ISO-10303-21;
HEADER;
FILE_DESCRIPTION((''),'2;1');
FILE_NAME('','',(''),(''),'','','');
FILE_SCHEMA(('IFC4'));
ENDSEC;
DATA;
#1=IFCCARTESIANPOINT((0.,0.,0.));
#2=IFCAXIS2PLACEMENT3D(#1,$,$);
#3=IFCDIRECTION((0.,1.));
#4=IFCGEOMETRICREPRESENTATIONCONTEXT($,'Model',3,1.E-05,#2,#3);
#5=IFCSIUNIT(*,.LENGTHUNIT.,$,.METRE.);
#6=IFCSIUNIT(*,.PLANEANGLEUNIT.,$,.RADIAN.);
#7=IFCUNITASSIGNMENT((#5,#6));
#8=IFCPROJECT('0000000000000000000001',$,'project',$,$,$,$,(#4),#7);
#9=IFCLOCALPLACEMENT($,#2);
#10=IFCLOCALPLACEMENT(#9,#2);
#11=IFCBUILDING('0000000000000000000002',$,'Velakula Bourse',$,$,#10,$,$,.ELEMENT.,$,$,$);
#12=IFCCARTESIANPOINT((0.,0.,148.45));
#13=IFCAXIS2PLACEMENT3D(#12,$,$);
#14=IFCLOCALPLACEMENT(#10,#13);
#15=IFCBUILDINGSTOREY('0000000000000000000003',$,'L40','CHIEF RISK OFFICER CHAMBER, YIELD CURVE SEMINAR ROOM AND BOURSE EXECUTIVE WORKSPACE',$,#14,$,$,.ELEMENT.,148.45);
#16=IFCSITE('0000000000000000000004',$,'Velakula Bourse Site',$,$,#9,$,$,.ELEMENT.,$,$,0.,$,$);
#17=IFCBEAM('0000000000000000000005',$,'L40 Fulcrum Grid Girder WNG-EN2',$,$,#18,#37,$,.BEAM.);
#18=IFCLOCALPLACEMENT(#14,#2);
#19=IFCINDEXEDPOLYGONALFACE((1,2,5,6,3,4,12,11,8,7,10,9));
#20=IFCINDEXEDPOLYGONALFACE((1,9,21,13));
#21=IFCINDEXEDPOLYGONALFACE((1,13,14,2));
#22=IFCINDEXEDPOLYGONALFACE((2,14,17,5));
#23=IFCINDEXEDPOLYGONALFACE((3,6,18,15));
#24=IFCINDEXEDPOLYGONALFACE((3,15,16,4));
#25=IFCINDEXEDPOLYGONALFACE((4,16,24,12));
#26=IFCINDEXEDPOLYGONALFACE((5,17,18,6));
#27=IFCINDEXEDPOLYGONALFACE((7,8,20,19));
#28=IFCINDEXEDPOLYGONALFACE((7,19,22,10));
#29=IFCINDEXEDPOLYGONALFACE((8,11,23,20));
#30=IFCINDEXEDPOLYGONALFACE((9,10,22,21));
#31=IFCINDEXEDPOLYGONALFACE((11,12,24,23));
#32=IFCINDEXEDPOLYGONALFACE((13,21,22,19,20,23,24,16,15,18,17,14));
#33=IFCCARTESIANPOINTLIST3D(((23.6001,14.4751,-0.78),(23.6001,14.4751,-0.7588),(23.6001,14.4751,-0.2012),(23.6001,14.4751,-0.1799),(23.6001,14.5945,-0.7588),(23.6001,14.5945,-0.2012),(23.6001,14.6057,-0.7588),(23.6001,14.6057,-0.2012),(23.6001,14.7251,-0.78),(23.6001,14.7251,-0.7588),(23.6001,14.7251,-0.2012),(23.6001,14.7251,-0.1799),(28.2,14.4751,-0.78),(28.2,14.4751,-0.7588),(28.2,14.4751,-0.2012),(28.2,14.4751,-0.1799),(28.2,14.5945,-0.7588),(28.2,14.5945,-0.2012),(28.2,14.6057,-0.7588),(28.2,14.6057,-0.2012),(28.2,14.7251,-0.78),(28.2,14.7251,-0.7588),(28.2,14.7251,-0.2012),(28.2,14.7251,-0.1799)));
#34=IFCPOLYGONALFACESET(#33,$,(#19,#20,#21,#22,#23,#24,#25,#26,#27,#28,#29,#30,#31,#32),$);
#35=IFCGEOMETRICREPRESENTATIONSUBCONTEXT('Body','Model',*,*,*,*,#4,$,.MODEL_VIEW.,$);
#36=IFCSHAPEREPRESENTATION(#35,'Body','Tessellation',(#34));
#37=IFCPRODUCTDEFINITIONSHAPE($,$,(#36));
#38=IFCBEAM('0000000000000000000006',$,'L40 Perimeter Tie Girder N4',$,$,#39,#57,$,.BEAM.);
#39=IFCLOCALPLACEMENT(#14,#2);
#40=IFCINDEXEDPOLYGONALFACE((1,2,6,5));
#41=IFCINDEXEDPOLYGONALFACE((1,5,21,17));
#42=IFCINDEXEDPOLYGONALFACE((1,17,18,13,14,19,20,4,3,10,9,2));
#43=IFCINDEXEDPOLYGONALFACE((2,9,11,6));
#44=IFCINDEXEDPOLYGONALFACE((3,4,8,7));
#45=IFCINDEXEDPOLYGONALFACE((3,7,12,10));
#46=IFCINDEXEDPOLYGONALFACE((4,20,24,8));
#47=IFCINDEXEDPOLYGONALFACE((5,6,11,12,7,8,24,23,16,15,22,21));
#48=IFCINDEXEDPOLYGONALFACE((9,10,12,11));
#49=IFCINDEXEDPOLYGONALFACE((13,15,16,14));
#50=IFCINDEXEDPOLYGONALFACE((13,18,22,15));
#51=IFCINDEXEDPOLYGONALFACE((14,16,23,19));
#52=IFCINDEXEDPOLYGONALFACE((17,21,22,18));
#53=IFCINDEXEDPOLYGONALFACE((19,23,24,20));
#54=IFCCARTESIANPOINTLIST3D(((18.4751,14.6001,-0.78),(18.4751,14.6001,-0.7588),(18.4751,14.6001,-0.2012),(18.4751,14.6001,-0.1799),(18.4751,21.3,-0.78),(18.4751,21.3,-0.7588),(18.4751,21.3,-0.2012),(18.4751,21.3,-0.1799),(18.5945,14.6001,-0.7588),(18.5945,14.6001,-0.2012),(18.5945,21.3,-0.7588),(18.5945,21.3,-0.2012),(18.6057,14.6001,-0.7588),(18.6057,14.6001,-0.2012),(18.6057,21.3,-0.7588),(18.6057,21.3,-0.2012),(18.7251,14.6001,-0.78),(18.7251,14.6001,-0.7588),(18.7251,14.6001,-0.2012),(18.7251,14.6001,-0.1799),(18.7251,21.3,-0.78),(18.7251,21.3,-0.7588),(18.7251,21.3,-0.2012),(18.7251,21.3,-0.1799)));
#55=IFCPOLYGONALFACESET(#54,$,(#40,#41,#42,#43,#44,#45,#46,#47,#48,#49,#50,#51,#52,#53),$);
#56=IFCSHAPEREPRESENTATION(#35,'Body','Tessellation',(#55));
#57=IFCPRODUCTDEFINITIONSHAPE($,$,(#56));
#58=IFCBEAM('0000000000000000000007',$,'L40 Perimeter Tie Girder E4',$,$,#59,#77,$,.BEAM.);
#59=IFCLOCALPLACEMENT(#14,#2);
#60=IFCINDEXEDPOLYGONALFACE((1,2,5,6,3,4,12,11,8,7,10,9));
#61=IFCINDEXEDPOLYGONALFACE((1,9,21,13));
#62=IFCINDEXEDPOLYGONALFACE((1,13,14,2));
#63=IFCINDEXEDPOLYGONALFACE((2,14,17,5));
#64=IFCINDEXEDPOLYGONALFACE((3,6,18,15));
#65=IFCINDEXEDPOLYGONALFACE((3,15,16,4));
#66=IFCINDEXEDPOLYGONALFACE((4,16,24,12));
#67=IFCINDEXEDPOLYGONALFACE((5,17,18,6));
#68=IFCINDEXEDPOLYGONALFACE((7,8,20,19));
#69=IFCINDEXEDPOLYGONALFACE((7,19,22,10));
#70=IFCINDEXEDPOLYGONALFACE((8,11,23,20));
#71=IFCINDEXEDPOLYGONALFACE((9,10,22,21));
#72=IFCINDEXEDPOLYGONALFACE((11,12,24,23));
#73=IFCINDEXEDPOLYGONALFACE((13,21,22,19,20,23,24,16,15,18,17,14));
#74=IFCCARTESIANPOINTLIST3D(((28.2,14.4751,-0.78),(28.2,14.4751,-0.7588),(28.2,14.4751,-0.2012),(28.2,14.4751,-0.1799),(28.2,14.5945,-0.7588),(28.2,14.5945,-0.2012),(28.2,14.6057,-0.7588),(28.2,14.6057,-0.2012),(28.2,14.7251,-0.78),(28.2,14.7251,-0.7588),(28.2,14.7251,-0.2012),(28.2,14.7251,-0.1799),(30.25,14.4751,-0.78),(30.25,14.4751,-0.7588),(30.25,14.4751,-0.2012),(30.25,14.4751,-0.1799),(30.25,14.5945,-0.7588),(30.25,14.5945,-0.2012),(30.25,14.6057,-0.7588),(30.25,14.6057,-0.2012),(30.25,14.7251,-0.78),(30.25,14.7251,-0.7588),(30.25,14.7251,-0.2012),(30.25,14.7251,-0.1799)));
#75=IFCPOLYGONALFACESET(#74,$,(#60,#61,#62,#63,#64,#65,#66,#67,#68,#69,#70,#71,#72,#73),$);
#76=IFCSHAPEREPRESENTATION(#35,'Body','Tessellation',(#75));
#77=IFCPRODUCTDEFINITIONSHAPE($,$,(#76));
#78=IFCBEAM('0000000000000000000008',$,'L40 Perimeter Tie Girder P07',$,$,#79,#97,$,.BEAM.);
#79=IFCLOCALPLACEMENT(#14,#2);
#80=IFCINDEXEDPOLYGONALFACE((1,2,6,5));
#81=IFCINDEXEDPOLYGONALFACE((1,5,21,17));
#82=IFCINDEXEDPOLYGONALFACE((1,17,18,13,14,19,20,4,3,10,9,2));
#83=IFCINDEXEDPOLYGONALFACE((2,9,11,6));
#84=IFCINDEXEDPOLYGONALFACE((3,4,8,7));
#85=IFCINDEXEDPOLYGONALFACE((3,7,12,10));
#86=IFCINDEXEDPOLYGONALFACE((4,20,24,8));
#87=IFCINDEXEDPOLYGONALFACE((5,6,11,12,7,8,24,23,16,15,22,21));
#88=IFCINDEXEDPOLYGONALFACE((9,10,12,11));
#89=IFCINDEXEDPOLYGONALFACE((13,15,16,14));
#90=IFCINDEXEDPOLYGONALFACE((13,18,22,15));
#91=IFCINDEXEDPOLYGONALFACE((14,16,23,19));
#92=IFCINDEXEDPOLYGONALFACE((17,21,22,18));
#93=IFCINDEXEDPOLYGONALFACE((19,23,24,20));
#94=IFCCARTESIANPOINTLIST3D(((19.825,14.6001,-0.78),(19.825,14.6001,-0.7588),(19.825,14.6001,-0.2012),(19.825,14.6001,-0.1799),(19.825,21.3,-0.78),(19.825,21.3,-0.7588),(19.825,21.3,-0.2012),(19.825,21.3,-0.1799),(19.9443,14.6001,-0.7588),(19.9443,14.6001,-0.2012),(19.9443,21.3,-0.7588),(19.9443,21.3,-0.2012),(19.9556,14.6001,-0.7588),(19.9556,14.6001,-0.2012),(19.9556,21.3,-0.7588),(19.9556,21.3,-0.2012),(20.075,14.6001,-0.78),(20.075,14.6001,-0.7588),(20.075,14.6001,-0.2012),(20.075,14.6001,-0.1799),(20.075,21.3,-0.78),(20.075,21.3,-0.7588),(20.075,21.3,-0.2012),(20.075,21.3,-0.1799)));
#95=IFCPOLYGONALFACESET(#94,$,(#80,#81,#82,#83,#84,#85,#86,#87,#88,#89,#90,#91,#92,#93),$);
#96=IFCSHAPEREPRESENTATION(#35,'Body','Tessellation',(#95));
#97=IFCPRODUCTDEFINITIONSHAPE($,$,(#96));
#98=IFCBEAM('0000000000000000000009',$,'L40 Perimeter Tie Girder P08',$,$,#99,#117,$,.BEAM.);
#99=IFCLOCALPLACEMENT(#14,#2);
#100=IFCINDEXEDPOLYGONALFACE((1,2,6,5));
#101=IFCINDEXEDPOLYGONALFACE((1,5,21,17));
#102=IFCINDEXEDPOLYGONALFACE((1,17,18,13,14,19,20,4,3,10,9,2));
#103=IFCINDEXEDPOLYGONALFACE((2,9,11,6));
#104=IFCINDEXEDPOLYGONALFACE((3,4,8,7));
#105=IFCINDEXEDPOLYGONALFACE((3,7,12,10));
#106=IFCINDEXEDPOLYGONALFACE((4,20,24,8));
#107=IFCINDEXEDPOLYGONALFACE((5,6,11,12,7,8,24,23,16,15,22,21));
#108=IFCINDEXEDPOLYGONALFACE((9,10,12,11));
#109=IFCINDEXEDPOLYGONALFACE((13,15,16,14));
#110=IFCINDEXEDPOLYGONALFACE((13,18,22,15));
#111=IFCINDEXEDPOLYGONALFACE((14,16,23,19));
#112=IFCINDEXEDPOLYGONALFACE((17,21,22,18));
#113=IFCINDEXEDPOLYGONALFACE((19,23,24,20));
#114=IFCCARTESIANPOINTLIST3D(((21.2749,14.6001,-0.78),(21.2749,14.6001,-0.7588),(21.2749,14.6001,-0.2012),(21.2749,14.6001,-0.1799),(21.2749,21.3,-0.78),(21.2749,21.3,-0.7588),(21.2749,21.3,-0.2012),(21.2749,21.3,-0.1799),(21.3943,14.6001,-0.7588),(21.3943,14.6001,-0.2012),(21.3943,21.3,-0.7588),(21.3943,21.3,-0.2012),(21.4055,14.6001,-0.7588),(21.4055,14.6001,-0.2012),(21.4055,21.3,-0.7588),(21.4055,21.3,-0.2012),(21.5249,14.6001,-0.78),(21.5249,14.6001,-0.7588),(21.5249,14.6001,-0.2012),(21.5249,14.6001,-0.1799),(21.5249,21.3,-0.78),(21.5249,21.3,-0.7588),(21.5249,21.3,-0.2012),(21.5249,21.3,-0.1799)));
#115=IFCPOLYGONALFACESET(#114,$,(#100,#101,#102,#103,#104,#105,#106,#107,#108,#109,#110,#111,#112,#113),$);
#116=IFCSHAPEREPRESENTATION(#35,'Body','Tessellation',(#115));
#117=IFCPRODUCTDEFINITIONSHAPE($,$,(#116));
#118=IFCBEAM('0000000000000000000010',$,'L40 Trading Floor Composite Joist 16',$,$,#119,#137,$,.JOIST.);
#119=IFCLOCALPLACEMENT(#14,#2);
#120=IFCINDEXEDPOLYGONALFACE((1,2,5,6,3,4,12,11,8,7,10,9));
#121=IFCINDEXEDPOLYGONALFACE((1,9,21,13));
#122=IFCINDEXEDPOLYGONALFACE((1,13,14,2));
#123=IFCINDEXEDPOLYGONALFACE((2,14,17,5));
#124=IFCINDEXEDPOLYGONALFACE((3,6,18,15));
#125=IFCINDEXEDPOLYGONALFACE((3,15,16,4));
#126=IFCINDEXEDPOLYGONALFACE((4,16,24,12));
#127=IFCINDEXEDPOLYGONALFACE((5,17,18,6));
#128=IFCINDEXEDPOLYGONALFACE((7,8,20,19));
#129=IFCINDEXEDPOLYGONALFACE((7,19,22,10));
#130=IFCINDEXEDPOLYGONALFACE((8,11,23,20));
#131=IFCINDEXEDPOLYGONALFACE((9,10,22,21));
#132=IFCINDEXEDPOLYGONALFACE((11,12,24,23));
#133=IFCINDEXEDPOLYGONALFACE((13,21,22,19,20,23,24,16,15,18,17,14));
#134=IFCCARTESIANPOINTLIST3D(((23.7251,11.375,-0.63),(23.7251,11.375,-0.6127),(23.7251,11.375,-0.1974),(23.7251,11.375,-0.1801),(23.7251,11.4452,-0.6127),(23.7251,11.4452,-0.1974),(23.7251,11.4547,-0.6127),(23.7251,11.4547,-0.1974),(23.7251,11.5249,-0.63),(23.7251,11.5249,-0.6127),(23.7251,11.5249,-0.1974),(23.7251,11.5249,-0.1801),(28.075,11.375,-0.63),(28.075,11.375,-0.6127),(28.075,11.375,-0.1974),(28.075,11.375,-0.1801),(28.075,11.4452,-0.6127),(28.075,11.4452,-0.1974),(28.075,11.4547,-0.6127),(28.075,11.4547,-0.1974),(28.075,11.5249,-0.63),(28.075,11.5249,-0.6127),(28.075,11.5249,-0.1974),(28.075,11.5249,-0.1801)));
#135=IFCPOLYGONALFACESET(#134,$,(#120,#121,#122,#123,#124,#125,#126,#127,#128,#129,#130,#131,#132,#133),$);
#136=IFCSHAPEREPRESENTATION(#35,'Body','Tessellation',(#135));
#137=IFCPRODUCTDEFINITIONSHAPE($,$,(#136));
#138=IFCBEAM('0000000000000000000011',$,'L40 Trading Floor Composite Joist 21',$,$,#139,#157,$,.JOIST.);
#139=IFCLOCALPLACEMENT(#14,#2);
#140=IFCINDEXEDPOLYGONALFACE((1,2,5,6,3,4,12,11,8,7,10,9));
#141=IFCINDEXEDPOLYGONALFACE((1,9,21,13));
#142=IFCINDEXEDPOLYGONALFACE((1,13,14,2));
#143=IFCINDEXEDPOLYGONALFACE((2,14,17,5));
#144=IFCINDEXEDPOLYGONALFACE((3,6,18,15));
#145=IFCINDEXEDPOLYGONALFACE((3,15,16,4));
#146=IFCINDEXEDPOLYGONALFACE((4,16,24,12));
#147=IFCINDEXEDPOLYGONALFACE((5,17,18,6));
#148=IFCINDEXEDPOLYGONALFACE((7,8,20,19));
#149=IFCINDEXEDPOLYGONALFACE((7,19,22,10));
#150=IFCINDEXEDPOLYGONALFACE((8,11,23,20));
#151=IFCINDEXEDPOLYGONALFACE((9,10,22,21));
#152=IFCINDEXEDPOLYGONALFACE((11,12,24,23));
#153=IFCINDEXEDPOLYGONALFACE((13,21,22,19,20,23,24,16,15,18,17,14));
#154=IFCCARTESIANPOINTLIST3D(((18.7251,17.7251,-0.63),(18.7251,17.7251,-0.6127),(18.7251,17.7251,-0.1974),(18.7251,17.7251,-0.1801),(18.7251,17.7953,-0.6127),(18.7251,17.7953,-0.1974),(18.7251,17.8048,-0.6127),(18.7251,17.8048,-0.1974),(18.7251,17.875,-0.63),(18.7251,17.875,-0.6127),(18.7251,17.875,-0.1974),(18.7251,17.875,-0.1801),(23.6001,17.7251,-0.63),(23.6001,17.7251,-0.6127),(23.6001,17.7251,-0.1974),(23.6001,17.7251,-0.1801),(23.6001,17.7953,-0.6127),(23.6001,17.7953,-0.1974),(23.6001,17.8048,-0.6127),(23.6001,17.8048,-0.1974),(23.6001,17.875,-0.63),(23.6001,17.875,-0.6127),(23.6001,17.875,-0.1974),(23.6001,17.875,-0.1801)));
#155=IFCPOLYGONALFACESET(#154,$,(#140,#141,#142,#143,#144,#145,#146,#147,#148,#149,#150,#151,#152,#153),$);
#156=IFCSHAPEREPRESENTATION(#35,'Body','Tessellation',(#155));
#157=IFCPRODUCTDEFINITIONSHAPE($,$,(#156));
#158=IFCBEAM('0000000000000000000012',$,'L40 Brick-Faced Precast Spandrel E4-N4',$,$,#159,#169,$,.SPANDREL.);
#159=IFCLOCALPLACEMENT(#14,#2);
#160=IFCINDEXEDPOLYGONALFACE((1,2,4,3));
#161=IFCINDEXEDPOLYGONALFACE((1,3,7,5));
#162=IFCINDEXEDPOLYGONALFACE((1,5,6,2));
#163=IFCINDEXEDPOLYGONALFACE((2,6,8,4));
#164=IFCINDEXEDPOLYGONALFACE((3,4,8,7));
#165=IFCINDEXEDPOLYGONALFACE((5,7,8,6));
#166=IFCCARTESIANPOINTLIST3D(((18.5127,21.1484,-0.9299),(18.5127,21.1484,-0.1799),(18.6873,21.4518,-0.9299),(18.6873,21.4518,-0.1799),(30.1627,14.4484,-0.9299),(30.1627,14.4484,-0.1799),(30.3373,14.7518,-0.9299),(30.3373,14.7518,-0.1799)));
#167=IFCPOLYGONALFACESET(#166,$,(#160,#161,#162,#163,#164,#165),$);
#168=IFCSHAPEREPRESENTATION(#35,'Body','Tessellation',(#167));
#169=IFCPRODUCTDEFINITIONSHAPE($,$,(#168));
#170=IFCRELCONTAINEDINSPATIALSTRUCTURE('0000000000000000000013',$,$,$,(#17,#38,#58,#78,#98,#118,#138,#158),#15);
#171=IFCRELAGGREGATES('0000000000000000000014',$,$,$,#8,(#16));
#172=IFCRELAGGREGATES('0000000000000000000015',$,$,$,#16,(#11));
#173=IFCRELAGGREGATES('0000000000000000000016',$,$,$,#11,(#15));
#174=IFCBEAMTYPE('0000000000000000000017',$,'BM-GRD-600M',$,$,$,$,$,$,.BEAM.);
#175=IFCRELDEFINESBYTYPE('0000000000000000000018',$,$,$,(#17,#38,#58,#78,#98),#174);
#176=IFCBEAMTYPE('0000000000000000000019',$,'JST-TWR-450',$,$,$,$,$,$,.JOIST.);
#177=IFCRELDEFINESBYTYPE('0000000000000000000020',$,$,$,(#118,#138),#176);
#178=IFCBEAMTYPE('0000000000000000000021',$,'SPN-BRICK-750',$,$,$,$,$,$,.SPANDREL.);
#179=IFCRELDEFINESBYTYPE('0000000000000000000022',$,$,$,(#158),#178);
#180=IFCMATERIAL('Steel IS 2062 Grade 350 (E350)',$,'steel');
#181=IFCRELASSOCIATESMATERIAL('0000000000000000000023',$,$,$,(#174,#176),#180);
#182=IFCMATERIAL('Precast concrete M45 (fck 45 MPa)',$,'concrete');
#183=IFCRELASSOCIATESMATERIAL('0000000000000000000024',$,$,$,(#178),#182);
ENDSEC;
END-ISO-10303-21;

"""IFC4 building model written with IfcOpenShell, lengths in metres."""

from ifc_helpers import new_model, si_unit, direction, frame, origin, origin_2d, place, context, subcontext, project, spatial, rectangle, i_section, extrude, material, material_profile, profile_set, type_object, element, save


model = new_model("IFC4")

# Units and contexts
model_context = context("Model", 3, precision=1e-05, world=origin(), true_north=direction((0.0, 1.0)))
body_context = subcontext(model_context, "Body", "Model", "MODEL_VIEW")
ifc_project = project(units=[si_unit("LENGTHUNIT", "METRE"), si_unit("PLANEANGLEUNIT", "RADIAN")], contexts=[model_context])

# Site, building, storey
site_placement = place(None, origin())
site = spatial("IfcSite", under=ifc_project, at=site_placement, Name="Velakula Bourse Site", CompositionType="ELEMENT", RefElevation=0.0)
building_placement = place(site_placement, origin())
building = spatial("IfcBuilding", under=site, at=building_placement, Name="Velakula Bourse", CompositionType="ELEMENT")
storey_placement = place(building_placement, frame((0.0, 0.0, 148.45)))
storey = spatial("IfcBuildingStorey", under=building, at=storey_placement, Name="L40", Description="CHIEF RISK OFFICER CHAMBER, YIELD CURVE SEMINAR ROOM AND BOURSE EXECUTIVE WORKSPACE", CompositionType="ELEMENT", Elevation=148.45)

# Shared definitions
ifc_material_1 = material(Name="Steel IS 2062 Grade 350 (E350)", Category="steel")
ifc_material_2 = material(Name="Precast concrete M45 (fck 45 MPa)", Category="concrete")

# Beams
ifc_material_profile_1 = material_profile(ifc_material_1, i_section(OverallWidth=0.25, OverallDepth=0.6001, WebThickness=0.0112, FlangeThickness=0.0212, at=origin_2d()), Name="Steel IS 2062 Grade 350 (E350)")
ifc_profile_set_1 = profile_set([ifc_material_profile_1], Name="Steel IS 2062 Grade 350 (E350)")
beam_type_1 = type_object("IfcBeamType", Name="BM-GRD-600M", PredefinedType="BEAM", material=ifc_profile_set_1)
beam_1_placement = place(storey_placement, frame((23.6001, 14.6001, -0.48), z_axis=(1.0, 0.0, 0.0), x_axis=(0.0, 1.0, 0.0)))
element("IfcBeam", 1, at=beam_1_placement, inside=storey, type_object=beam_type_1, Name="L40 Fulcrum Grid Girder WNG-EN2", PredefinedType="BEAM", context=body_context, shape_type="SweptSolid", body=[
    extrude(i_section(OverallWidth=0.25, OverallDepth=0.6001, WebThickness=0.0112, FlangeThickness=0.0212, at=origin_2d()), origin(), (0.0, 0.0, 1.0), 4.5999),
])
beam_2_placement = place(storey_placement, frame((18.6001, 14.6001, -0.48), z_axis=(0.0, 1.0, 0.0), x_axis=(-1.0, 0.0, 0.0)))
element("IfcBeam", 2, at=beam_2_placement, inside=storey, type_object=beam_type_1, Name="L40 Perimeter Tie Girder N4", PredefinedType="BEAM", context=body_context, shape_type="SweptSolid", body=[
    extrude(i_section(OverallWidth=0.25, OverallDepth=0.6001, WebThickness=0.0112, FlangeThickness=0.0212, at=origin_2d()), origin(), (0.0, 0.0, 1.0), 6.7),
])
beam_3_placement = place(storey_placement, frame((28.2, 14.6001, -0.48), z_axis=(1.0, 0.0, 0.0), x_axis=(0.0, 1.0, 0.0)))
element("IfcBeam", 3, at=beam_3_placement, inside=storey, type_object=beam_type_1, Name="L40 Perimeter Tie Girder E4", PredefinedType="BEAM", context=body_context, shape_type="SweptSolid", body=[
    extrude(i_section(OverallWidth=0.25, OverallDepth=0.6001, WebThickness=0.0112, FlangeThickness=0.0212, at=origin_2d()), origin(), (0.0, 0.0, 1.0), 2.05),
])
for number, where, z_axis, x_axis, name in (
    (4, (19.95, 14.6001, -0.48), (0.0, 1.0, 0.0), (-1.0, 0.0, 0.0), "L40 Perimeter Tie Girder P07"),
    (5, (21.3999, 14.6001, -0.48), (0.0, 1.0, 0.0), (-1.0, 0.0, 0.0), "L40 Perimeter Tie Girder P08"),
):
    element("IfcBeam", number, at=place(storey_placement, frame(where, z_axis=z_axis, x_axis=x_axis)), inside=storey, type_object=beam_type_1, Name=name, PredefinedType="BEAM", context=body_context, shape_type="SweptSolid", body=[
        extrude(i_section(OverallWidth=0.25, OverallDepth=0.6001, WebThickness=0.0112, FlangeThickness=0.0212, at=origin_2d()), origin(), (0.0, 0.0, 1.0), 6.7),
    ])
ifc_material_profile_2 = material_profile(ifc_material_1, i_section(OverallWidth=0.1499, OverallDepth=0.45, WebThickness=0.0095, FlangeThickness=0.0173, at=origin_2d()), Name="Steel IS 2062 Grade 350 (E350)")
ifc_profile_set_2 = profile_set([ifc_material_profile_2], Name="Steel IS 2062 Grade 350 (E350)")
beam_type_2 = type_object("IfcBeamType", Name="JST-TWR-450", PredefinedType="JOIST", material=ifc_profile_set_2)
beam_4_placement = place(storey_placement, frame((23.7251, 11.45, -0.405), z_axis=(1.0, 0.0, 0.0), x_axis=(0.0, 1.0, 0.0)))
element("IfcBeam", 6, at=beam_4_placement, inside=storey, type_object=beam_type_2, Name="L40 Trading Floor Composite Joist 16", PredefinedType="JOIST", context=body_context, shape_type="SweptSolid", body=[
    extrude(i_section(OverallWidth=0.1499, OverallDepth=0.45, WebThickness=0.0095, FlangeThickness=0.0173, at=origin_2d()), origin(), (0.0, 0.0, 1.0), 4.3499),
])
beam_5_placement = place(storey_placement, frame((18.7251, 17.8, -0.405), z_axis=(1.0, 0.0, 0.0), x_axis=(0.0, 1.0, 0.0)))
element("IfcBeam", 7, at=beam_5_placement, inside=storey, type_object=beam_type_2, Name="L40 Trading Floor Composite Joist 21", PredefinedType="JOIST", context=body_context, shape_type="SweptSolid", body=[
    extrude(i_section(OverallWidth=0.1499, OverallDepth=0.45, WebThickness=0.0095, FlangeThickness=0.0173, at=origin_2d()), origin(), (0.0, 0.0, 1.0), 4.875),
])
ifc_material_profile_3 = material_profile(ifc_material_2, rectangle(XDim=0.3501, YDim=0.75, at=origin_2d()), Name="Precast concrete M45 (fck 45 MPa)")
ifc_profile_set_3 = profile_set([ifc_material_profile_3], Name="Precast concrete M45 (fck 45 MPa)")
beam_type_3 = type_object("IfcBeamType", Name="SPN-BRICK-750", PredefinedType="SPANDREL", material=ifc_profile_set_3)
beam_6_placement = place(storey_placement, frame((30.25, 14.6001, -0.5549), z_axis=(-0.866866, 0.498541, 0.0), x_axis=(-0.498541, -0.866866, 0.0)))
element("IfcBeam", 8, at=beam_6_placement, inside=storey, type_object=beam_type_3, Name="L40 Brick-Faced Precast Spandrel E4-N4", PredefinedType="SPANDREL", context=body_context, shape_type="SweptSolid", body=[
    extrude(rectangle(XDim=0.3501, YDim=0.75, at=origin_2d()), origin(), (0.0, 0.0, 1.0), 13.4392),
])

save(model, "model.ifc")
